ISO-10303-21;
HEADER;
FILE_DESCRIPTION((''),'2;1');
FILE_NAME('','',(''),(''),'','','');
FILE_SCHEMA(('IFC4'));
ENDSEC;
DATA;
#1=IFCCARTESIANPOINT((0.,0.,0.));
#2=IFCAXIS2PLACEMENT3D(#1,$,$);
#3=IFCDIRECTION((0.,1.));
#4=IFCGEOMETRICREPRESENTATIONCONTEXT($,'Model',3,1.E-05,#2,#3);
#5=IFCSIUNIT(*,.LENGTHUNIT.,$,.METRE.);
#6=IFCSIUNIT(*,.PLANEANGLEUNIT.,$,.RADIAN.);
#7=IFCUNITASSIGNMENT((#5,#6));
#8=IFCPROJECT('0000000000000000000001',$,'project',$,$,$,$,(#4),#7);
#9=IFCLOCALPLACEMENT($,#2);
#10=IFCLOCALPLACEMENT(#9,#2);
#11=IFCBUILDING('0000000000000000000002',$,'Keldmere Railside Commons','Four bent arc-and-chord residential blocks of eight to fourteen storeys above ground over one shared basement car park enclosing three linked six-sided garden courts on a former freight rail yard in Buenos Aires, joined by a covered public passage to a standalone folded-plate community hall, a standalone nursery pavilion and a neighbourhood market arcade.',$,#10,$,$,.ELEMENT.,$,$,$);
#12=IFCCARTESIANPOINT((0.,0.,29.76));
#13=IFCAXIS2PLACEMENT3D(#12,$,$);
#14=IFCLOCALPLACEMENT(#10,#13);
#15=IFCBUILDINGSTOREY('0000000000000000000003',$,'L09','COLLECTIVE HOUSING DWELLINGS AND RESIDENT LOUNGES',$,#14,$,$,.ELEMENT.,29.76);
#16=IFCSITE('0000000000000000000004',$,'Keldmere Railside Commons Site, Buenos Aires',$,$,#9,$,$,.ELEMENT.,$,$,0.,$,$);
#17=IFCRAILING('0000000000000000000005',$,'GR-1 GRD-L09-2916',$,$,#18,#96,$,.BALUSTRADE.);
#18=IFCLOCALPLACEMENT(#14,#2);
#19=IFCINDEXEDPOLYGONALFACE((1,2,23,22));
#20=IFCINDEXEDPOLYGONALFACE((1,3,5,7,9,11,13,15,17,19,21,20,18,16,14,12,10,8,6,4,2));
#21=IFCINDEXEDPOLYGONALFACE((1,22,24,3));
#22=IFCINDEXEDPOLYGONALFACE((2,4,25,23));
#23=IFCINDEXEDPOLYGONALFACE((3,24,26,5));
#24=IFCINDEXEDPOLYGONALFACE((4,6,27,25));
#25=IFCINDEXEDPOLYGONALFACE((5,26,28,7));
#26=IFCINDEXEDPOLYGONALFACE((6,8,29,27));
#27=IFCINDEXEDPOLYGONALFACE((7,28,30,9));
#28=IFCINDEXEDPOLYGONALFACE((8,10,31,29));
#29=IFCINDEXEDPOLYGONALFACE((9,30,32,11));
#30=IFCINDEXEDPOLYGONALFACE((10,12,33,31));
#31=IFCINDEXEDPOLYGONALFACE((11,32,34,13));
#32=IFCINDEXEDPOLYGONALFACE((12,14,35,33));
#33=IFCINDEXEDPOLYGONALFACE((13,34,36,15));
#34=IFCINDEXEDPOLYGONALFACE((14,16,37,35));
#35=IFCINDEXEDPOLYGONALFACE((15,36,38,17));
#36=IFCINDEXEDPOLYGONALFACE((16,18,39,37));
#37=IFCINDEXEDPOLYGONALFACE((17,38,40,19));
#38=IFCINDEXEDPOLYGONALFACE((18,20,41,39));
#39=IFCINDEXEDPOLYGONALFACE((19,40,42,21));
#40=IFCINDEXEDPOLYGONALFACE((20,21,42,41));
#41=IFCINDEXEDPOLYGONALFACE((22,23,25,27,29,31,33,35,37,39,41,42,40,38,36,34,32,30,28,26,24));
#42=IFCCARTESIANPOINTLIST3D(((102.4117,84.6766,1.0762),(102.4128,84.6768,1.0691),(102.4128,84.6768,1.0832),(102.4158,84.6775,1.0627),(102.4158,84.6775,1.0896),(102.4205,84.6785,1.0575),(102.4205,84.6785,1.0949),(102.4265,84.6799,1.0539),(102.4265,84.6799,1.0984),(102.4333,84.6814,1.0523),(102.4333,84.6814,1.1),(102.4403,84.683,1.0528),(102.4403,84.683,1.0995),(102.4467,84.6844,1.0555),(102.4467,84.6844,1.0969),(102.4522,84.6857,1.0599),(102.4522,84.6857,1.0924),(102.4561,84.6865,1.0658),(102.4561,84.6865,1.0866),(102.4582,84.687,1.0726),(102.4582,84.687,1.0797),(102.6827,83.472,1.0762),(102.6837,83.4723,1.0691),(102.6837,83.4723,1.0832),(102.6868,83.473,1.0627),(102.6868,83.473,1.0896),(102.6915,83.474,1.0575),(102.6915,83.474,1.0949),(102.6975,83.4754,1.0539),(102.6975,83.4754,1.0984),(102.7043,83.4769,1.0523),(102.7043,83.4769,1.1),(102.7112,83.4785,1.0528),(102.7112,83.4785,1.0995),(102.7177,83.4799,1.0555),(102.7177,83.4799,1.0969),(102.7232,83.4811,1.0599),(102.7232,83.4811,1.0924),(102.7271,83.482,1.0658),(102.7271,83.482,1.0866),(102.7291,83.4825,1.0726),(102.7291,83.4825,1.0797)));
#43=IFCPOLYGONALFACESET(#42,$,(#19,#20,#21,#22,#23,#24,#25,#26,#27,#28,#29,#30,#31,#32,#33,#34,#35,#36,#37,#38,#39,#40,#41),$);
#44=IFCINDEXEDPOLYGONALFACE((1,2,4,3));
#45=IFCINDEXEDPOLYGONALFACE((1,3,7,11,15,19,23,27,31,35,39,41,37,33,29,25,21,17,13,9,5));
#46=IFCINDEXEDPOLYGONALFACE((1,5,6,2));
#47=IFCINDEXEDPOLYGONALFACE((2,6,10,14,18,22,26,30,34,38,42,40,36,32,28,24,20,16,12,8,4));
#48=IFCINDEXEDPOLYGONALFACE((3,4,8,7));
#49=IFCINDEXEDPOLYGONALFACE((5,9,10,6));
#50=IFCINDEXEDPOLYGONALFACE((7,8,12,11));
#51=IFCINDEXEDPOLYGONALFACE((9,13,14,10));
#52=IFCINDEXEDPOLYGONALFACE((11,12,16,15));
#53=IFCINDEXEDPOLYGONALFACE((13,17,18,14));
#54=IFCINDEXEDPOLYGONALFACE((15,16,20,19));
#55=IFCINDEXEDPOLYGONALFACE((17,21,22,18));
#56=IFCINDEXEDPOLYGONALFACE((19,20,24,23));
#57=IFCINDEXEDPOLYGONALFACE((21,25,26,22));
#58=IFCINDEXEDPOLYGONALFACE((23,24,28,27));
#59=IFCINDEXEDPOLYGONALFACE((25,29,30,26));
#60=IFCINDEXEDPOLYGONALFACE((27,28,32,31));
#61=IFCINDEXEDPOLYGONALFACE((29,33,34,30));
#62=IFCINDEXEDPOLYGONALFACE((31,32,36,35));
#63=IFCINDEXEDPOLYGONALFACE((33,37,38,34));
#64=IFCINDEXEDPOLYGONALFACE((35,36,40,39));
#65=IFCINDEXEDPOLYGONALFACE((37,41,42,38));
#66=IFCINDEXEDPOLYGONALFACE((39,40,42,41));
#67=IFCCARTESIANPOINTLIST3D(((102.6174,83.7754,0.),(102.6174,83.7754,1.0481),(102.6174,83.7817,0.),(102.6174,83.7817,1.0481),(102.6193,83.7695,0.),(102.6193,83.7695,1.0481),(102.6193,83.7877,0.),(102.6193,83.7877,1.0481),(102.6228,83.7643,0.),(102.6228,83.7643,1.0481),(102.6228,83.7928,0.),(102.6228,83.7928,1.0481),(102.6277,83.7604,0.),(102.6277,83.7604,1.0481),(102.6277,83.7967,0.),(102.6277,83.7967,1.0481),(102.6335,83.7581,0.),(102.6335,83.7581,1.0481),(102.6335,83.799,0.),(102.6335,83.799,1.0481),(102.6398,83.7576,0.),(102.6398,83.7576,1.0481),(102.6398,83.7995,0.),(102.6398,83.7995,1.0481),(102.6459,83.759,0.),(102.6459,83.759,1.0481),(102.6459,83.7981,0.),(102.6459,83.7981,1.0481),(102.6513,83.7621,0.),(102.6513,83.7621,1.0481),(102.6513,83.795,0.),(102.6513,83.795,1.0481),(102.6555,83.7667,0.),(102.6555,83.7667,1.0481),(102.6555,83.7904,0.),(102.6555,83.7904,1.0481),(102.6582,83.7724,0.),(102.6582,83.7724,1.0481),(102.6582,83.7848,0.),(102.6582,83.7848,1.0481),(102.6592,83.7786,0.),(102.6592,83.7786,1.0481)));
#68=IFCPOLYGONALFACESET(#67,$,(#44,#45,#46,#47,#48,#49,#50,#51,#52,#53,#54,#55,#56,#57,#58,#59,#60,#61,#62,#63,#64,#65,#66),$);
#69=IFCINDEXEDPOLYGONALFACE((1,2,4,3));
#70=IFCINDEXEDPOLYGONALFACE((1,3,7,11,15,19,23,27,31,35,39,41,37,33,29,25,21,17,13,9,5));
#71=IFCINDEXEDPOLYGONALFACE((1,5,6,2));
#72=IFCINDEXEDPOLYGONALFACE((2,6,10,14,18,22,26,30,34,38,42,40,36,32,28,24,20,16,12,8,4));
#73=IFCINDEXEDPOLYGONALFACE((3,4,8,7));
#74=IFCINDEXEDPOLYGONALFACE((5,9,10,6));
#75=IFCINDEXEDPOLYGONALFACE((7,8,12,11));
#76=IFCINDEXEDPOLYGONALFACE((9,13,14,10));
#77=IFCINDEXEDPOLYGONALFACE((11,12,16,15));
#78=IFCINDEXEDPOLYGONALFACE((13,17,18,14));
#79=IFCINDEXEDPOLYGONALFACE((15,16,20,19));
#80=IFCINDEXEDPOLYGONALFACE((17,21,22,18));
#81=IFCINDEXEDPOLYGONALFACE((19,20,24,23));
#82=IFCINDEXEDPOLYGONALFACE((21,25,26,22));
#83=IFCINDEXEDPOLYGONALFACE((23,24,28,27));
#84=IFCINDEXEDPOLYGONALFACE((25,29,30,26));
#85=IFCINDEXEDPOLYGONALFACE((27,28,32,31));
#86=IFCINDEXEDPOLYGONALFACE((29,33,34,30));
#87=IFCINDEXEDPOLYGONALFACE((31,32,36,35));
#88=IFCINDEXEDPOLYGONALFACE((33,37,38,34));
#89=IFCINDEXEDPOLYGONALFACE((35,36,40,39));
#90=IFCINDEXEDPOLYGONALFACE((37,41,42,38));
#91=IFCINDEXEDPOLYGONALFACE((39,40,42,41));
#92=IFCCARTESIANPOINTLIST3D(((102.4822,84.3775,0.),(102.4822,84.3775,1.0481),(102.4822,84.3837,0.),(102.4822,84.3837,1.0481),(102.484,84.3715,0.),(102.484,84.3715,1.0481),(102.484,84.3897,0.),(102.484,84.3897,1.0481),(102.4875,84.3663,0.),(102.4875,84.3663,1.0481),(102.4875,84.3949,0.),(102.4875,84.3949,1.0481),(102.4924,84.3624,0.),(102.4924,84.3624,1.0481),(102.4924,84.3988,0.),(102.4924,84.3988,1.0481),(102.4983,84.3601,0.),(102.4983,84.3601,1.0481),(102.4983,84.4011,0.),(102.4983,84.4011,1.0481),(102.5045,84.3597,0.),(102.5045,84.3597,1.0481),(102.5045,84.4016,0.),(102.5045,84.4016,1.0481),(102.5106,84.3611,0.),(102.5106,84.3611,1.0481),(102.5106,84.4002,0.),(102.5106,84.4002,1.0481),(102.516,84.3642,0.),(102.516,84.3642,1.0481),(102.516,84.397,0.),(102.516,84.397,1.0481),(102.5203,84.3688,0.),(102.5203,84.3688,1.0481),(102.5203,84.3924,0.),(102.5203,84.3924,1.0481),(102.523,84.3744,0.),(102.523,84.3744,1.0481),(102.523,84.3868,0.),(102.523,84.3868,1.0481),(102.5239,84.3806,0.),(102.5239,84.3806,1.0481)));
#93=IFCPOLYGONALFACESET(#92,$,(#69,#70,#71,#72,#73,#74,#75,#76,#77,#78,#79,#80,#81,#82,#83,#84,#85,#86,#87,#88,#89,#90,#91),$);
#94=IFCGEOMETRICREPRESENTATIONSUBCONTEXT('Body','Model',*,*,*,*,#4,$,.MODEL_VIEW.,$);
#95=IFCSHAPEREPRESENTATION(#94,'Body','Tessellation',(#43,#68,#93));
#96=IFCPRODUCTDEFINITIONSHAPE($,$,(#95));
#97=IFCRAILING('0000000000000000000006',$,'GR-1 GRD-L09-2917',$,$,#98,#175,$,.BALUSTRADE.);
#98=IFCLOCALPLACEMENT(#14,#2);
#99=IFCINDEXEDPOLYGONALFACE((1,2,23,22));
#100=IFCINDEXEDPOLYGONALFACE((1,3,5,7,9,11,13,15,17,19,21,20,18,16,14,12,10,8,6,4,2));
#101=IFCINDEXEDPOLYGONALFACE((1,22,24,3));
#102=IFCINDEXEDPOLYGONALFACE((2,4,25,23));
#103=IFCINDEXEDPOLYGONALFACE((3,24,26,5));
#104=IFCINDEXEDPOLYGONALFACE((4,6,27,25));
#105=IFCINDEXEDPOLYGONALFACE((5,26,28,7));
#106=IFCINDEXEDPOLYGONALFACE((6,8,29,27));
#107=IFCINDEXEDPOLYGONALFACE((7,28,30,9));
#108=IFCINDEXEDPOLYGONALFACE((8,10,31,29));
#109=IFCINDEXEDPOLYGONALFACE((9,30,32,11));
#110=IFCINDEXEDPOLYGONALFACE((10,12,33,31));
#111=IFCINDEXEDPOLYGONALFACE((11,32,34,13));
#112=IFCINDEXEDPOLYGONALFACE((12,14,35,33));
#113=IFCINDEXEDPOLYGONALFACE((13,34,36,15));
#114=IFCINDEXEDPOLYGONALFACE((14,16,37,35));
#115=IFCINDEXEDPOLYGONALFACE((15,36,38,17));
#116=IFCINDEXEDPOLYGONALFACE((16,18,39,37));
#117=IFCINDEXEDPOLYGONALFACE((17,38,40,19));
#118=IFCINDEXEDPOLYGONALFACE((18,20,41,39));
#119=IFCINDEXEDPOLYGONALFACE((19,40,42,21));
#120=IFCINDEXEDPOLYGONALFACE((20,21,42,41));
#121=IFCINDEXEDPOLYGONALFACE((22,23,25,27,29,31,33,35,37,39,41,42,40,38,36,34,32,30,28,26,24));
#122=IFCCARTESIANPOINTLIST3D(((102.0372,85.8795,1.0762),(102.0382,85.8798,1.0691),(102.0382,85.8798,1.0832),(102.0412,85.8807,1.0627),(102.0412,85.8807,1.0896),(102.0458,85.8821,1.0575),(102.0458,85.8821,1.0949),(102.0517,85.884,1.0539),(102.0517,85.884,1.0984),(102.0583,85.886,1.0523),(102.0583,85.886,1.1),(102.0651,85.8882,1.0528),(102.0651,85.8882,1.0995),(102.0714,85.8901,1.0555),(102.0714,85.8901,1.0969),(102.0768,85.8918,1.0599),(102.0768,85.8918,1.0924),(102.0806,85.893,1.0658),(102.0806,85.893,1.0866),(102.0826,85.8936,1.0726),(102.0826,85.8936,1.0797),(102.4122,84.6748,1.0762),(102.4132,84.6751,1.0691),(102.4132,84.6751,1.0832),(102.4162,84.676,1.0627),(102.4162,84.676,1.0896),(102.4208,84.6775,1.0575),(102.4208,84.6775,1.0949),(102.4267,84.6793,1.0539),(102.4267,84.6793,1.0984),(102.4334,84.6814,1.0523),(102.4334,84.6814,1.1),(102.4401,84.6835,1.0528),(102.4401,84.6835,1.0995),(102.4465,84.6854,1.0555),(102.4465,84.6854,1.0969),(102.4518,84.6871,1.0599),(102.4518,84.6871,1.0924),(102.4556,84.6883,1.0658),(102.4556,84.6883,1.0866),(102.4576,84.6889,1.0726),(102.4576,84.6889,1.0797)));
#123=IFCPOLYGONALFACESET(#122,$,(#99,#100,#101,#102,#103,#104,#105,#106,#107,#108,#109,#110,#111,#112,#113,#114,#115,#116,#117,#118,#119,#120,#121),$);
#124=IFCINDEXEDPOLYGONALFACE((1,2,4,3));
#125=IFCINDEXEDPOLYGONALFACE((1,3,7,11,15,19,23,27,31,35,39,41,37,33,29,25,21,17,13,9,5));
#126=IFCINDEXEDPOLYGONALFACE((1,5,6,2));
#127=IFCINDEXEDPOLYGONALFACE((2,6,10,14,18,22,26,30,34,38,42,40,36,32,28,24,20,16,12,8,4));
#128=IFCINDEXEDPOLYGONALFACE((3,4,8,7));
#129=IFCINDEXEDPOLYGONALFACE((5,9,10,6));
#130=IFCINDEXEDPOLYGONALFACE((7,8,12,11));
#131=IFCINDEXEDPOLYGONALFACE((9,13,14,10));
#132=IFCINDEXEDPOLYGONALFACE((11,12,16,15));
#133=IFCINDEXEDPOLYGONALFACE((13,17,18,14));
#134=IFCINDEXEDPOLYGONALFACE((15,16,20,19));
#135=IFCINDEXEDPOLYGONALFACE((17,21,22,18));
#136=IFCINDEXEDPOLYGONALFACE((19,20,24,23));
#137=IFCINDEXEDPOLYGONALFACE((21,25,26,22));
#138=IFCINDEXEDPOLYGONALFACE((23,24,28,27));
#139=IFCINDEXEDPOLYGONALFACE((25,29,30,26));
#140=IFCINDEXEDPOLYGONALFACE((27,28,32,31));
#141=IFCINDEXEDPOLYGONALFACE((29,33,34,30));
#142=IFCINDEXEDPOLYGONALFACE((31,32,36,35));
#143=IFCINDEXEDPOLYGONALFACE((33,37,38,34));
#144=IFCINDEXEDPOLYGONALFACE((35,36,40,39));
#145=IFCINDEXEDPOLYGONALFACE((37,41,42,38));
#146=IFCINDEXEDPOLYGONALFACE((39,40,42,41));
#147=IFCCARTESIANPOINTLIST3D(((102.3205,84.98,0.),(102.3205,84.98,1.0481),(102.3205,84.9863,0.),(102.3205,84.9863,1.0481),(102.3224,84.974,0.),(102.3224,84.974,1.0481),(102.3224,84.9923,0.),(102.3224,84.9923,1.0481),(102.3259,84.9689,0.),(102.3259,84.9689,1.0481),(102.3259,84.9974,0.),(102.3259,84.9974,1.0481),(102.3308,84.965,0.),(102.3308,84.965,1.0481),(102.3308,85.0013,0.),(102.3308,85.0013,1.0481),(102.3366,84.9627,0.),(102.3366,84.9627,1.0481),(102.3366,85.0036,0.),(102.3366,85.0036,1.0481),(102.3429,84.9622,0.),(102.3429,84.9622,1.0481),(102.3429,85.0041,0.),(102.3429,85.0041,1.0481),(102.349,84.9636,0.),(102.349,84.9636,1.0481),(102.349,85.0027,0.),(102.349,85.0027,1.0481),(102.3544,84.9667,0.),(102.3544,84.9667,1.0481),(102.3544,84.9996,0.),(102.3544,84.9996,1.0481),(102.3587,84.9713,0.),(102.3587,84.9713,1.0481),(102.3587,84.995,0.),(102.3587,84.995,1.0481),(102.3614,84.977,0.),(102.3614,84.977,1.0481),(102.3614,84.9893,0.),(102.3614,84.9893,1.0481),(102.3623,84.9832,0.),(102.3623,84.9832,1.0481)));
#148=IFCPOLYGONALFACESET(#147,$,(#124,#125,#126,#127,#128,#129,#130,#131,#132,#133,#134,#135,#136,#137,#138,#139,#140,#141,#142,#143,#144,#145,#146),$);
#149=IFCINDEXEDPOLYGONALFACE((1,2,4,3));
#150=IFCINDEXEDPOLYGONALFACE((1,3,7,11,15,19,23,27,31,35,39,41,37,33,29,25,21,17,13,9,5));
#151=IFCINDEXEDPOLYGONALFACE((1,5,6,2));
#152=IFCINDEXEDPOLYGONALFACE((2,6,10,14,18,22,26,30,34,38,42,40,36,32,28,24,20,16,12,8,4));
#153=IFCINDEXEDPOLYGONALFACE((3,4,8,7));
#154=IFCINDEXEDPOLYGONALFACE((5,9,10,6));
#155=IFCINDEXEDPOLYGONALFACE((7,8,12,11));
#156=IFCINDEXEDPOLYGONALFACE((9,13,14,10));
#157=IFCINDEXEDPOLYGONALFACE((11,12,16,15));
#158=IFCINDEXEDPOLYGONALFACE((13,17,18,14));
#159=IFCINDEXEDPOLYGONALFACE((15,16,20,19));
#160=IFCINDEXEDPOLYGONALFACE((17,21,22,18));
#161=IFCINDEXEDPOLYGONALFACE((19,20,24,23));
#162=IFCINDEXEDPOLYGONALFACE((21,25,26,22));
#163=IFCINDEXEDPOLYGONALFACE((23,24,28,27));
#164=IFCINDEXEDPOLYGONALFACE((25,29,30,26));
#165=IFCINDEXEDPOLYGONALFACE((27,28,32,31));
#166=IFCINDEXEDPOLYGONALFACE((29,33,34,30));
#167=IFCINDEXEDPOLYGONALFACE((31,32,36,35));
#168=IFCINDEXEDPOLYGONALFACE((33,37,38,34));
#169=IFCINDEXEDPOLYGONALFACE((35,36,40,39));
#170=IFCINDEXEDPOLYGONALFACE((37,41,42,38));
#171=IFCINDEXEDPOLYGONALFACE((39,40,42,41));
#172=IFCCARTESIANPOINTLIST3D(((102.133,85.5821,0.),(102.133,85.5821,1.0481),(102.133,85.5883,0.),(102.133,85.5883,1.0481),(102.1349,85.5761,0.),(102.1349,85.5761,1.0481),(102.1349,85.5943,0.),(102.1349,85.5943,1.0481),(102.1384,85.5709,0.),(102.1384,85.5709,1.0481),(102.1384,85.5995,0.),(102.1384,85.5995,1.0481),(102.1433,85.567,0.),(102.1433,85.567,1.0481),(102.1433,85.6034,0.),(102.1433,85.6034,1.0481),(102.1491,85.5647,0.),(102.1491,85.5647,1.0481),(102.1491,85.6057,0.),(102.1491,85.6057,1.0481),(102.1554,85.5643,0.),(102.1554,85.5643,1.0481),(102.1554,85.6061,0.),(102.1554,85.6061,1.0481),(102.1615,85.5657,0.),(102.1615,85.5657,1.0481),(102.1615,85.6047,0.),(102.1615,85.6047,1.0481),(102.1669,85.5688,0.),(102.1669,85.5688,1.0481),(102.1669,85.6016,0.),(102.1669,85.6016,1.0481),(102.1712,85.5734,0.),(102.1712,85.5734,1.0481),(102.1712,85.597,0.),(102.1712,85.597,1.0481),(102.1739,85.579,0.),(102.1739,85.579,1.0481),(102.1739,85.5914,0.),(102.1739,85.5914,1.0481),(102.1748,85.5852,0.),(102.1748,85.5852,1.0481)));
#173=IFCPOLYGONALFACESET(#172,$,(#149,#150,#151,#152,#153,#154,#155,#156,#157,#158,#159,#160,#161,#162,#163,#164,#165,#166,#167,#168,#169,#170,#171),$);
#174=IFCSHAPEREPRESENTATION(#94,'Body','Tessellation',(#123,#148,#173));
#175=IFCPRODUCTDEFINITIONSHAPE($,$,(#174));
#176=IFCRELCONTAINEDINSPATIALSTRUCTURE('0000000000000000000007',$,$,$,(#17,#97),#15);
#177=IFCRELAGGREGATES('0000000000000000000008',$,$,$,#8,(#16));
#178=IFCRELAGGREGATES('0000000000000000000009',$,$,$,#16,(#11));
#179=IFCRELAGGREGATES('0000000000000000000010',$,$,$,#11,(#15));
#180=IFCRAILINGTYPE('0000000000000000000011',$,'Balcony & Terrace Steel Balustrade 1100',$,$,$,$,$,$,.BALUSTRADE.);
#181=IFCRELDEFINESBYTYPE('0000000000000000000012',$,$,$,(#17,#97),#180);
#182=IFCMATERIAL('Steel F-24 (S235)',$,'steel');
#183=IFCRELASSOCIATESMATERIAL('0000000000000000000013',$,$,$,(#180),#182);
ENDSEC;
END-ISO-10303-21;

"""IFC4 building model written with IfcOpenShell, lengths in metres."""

from ifc_helpers import new_model, si_unit, direction, frame, origin, origin_2d, place, context, subcontext, project, spatial, circle, extrude, material, type_object, element, save


model = new_model("IFC4")

# Units and contexts
model_context = context("Model", 3, precision=1e-05, world=origin(), true_north=direction((0.0, 1.0)))
body_context = subcontext(model_context, "Body", "Model", "MODEL_VIEW")
ifc_project = project(units=[si_unit("LENGTHUNIT", "METRE"), si_unit("PLANEANGLEUNIT", "RADIAN")], contexts=[model_context])

# Site, building, storey
site_placement = place(None, origin())
site = spatial("IfcSite", under=ifc_project, at=site_placement, Name="Keldmere Railside Commons Site, Buenos Aires", CompositionType="ELEMENT", RefElevation=0.0)
building_placement = place(site_placement, origin())
building = spatial("IfcBuilding", under=site, at=building_placement, Name="Keldmere Railside Commons", Description="Four bent arc-and-chord residential blocks of eight to fourteen storeys above ground over one shared basement car park enclosing three linked six-sided garden courts on a former freight rail yard in Buenos Aires, joined by a covered public passage to a standalone folded-plate community hall, a standalone nursery pavilion and a neighbourhood market arcade.", CompositionType="ELEMENT")
storey_placement = place(building_placement, frame((0.0, 0.0, 29.76)))
storey = spatial("IfcBuildingStorey", under=building, at=storey_placement, Name="L09", Description="COLLECTIVE HOUSING DWELLINGS AND RESIDENT LOUNGES", CompositionType="ELEMENT", Elevation=29.76)

# Shared definitions
ifc_material_1 = material(Name="Steel F-24 (S235)", Category="steel")

# Railings
railing_type = type_object("IfcRailingType", Name="Balcony & Terrace Steel Balustrade 1100", PredefinedType="BALUSTRADE", material=ifc_material_1)
railing_1_placement = place(storey_placement, frame((102.7061, 83.4773, 0.0)))
element("IfcRailing", 1, at=railing_1_placement, inside=storey, type_object=railing_type, Name="GR-1 GRD-L09-2916", PredefinedType="BALUSTRADE", context=body_context, shape_type="SweptSolid", body=[
    extrude(circle(Radius=0.0239, at=origin_2d()), frame((0.0, 0.0, 1.0762), z_axis=(-0.219484, 0.975616, 0.0), x_axis=(-0.975616, -0.219484, 0.0)), (0.0, 0.0, 1.0), 1.2346),
    extrude(circle(Radius=0.021, at=origin_2d()), frame((-0.0679, 0.3013, 0.0)), (0.0, 0.0, 1.0), 1.0481),
    extrude(circle(Radius=0.021, at=origin_2d()), frame((-0.2031, 0.9033, 0.0)), (0.0, 0.0, 1.0), 1.0481),
])
railing_2_placement = place(storey_placement, frame((102.4351, 84.6819, 0.0)))
element("IfcRailing", 2, at=railing_2_placement, inside=storey, type_object=railing_type, Name="GR-1 GRD-L09-2917", PredefinedType="BALUSTRADE", context=body_context, shape_type="SweptSolid", body=[
    extrude(circle(Radius=0.0239, at=origin_2d()), frame((0.0, 0.0, 1.0762), z_axis=(-0.297239, 0.954803, 0.0), x_axis=(-0.954803, -0.297239, 0.0)), (0.0, 0.0, 1.0), 1.2617),
    extrude(circle(Radius=0.021, at=origin_2d()), frame((-0.0938, 0.3013, 0.0)), (0.0, 0.0, 1.0), 1.0481),
    extrude(circle(Radius=0.021, at=origin_2d()), frame((-0.2812, 0.9033, 0.0)), (0.0, 0.0, 1.0), 1.0481),
])

save(model, "model.ifc")
